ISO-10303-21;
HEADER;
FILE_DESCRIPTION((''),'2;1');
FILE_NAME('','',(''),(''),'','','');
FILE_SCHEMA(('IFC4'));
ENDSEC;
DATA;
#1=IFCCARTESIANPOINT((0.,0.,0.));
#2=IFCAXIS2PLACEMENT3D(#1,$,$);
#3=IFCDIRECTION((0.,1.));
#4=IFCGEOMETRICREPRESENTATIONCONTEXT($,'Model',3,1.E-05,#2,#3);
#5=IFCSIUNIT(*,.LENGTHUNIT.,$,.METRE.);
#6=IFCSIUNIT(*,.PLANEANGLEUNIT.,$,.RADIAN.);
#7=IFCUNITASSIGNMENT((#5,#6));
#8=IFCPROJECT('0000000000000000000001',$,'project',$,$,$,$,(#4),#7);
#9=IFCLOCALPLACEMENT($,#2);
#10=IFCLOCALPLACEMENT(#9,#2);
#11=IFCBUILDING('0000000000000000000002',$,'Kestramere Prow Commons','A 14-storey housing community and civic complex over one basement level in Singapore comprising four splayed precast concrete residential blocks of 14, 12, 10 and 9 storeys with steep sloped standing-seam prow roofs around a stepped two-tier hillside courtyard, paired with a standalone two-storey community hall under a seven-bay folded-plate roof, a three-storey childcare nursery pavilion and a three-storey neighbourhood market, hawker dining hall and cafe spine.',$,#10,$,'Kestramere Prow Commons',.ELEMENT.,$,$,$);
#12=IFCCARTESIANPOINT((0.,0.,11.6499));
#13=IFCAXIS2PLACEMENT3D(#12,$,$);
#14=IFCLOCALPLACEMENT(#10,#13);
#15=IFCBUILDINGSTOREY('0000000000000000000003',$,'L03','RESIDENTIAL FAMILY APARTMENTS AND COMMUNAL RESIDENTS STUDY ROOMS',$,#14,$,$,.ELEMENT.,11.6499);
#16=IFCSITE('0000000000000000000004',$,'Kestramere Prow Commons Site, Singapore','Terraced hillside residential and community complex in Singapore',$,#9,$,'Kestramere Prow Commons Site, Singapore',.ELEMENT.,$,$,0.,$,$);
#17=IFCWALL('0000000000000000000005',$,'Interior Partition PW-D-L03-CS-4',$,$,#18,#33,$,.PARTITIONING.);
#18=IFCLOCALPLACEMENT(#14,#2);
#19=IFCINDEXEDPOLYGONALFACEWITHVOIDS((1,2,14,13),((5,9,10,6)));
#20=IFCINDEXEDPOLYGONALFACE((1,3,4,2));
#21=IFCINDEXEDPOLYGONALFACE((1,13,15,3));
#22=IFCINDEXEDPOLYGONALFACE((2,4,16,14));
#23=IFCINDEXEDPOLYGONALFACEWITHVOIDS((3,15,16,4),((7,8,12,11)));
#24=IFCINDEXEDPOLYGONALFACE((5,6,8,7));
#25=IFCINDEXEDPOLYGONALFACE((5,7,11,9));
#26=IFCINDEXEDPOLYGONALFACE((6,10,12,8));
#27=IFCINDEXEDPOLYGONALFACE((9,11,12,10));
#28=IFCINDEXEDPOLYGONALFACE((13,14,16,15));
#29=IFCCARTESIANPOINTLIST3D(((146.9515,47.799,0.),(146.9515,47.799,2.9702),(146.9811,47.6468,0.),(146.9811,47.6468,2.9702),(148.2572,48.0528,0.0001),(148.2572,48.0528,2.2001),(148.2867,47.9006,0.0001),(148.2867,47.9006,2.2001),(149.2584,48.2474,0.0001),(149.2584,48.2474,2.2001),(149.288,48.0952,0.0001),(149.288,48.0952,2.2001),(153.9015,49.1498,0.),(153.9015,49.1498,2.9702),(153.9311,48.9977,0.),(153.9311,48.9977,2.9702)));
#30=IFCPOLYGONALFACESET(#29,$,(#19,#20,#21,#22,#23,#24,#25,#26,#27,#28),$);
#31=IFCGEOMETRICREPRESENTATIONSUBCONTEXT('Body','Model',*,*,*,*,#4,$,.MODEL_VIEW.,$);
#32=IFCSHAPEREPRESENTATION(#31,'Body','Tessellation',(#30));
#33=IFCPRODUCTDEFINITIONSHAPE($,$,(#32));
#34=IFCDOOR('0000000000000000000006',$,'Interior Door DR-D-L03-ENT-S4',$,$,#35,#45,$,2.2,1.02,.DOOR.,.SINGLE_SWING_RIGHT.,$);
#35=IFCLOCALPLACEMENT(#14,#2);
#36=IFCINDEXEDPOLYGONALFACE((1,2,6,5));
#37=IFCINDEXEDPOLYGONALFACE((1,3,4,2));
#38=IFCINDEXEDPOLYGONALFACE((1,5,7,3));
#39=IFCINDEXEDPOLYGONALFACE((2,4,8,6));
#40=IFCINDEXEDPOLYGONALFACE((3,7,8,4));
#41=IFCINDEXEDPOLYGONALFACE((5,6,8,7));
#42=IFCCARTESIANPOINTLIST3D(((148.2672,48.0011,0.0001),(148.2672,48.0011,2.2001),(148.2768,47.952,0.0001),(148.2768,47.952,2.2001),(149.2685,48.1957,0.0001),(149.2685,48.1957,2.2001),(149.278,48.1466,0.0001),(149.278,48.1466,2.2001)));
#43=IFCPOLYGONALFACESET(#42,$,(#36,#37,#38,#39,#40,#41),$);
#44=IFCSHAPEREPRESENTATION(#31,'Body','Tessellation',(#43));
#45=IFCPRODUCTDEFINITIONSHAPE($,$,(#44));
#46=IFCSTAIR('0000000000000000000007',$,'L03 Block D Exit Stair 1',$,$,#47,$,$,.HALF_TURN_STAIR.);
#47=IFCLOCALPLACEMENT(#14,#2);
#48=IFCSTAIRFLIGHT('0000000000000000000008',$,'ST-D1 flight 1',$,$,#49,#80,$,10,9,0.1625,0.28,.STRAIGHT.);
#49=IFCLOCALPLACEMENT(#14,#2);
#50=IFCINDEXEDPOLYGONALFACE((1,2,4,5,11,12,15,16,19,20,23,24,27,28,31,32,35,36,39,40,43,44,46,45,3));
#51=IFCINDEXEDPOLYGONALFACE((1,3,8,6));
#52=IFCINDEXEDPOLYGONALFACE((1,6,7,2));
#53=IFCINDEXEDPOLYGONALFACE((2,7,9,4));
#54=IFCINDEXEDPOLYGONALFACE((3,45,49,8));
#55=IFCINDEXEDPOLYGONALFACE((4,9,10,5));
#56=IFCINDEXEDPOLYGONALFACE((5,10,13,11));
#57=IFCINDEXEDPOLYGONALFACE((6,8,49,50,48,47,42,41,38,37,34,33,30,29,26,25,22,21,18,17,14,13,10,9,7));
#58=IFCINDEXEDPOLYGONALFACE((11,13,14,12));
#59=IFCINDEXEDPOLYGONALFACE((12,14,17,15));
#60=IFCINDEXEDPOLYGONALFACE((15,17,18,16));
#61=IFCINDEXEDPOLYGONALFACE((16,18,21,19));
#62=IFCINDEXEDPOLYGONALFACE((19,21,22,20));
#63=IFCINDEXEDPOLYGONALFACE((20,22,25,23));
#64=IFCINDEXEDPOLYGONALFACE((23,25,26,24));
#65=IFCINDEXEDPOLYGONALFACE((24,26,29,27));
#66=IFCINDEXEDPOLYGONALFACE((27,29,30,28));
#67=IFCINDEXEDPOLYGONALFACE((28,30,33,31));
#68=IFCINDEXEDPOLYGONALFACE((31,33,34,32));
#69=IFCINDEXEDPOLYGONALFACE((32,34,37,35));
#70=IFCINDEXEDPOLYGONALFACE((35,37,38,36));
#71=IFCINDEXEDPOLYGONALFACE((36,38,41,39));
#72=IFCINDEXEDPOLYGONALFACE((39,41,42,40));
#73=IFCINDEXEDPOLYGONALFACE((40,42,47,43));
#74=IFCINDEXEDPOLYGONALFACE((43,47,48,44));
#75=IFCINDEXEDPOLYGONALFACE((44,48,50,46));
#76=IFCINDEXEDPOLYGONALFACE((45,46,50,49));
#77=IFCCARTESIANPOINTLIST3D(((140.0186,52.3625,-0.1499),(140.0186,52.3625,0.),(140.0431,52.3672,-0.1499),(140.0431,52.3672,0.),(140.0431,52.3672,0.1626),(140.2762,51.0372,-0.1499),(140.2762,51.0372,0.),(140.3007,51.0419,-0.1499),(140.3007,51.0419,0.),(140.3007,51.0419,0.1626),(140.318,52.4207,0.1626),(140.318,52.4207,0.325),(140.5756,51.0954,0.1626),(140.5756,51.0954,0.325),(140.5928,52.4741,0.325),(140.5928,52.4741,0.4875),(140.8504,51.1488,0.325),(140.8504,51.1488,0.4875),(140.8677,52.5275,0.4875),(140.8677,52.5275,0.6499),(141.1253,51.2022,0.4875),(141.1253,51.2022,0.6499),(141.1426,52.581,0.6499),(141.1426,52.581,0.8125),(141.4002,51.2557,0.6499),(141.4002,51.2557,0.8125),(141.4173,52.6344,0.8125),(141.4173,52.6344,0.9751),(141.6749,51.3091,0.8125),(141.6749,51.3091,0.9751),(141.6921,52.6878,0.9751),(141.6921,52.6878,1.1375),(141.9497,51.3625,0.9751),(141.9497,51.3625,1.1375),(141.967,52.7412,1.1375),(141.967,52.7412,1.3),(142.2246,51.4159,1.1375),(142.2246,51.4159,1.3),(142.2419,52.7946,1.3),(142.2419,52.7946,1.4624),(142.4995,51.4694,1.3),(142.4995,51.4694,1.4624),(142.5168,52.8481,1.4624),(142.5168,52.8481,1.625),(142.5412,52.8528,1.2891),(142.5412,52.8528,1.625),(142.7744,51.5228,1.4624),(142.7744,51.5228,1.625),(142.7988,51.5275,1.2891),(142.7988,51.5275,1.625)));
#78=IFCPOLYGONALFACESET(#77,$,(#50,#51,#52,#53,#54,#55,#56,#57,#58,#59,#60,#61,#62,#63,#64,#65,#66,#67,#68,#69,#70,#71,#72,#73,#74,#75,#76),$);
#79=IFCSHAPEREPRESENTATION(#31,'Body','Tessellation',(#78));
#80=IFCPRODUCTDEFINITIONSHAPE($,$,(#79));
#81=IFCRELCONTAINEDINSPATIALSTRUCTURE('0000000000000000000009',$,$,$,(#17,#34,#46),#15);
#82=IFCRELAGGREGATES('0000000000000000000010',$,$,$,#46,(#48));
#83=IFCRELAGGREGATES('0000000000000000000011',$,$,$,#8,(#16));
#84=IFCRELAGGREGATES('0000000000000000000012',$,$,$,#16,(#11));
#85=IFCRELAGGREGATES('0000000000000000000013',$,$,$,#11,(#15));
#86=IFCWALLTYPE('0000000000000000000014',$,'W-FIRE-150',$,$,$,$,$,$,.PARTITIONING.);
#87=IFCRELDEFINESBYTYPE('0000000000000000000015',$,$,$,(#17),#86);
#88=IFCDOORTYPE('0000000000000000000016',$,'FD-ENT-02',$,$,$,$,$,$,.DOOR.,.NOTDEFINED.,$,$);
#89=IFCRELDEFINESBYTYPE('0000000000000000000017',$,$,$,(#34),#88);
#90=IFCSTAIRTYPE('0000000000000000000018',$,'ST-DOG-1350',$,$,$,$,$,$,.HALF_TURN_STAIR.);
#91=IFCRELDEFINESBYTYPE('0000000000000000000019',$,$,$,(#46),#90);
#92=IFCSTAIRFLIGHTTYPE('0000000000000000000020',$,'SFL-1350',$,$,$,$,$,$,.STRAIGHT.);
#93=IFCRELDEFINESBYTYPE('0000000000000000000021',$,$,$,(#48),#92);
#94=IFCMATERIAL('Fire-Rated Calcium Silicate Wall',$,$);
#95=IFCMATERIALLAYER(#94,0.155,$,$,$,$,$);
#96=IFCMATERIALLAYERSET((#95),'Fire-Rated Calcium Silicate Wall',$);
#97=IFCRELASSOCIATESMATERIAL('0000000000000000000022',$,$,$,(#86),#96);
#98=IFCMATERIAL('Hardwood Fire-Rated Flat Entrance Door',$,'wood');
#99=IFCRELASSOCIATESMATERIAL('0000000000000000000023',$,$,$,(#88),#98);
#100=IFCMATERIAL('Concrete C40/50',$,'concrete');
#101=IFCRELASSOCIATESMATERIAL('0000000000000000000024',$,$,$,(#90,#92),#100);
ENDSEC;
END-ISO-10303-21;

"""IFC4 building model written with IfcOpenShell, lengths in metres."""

from ifc_helpers import new_model, si_unit, direction, frame, frame_2d, origin, place, context, subcontext, project, spatial, polyline, rectangle, outline, extrude, material, layer, layer_set, type_object, element, fill, aggregate, save


model = new_model("IFC4")

# Units and contexts
model_context = context("Model", 3, precision=1e-05, world=origin(), true_north=direction((0.0, 1.0)))
body_context = subcontext(model_context, "Body", "Model", "MODEL_VIEW")
ifc_project = project(units=[si_unit("LENGTHUNIT", "METRE"), si_unit("PLANEANGLEUNIT", "RADIAN")], contexts=[model_context])

# Site, building, storey
site_placement = place(None, origin())
site = spatial("IfcSite", under=ifc_project, at=site_placement, Name="Kestramere Prow Commons Site, Singapore", Description="Terraced hillside residential and community complex in Singapore", LongName="Kestramere Prow Commons Site, Singapore", CompositionType="ELEMENT", RefElevation=0.0)
building_placement = place(site_placement, origin())
building = spatial("IfcBuilding", under=site, at=building_placement, Name="Kestramere Prow Commons", Description="A 14-storey housing community and civic complex over one basement level in Singapore comprising four splayed precast concrete residential blocks of 14, 12, 10 and 9 storeys with steep sloped standing-seam prow roofs around a stepped two-tier hillside courtyard, paired with a standalone two-storey community hall under a seven-bay folded-plate roof, a three-storey childcare nursery pavilion and a three-storey neighbourhood market, hawker dining hall and cafe spine.", LongName="Kestramere Prow Commons", CompositionType="ELEMENT")
storey_placement = place(building_placement, frame((0.0, 0.0, 11.6499)))
storey = spatial("IfcBuildingStorey", under=building, at=storey_placement, Name="L03", Description="RESIDENTIAL FAMILY APARTMENTS AND COMMUNAL RESIDENTS STUDY ROOMS", CompositionType="ELEMENT", Elevation=11.6499)

# Shared definitions
ifc_material_1 = material(Name="Concrete C40/50", Category="concrete")

# Shared definitions
ifc_material_2 = material(Name="Fire-Rated Calcium Silicate Wall")
ifc_layer_1 = layer(ifc_material_2, 0.155)
ifc_layer_set_1 = layer_set([ifc_layer_1], Name="Fire-Rated Calcium Silicate Wall")
wall_type_1 = type_object("IfcWallType", Name="W-FIRE-150", PredefinedType="PARTITIONING", material=ifc_layer_set_1)

# Wall, opening, door
ifc_material_3 = material(Name="Hardwood Fire-Rated Flat Entrance Door", Category="wood")
wall_1_placement = place(storey_placement, frame((146.9663, 47.7229, 0.0), z_axis=(0.0, 0.0, 1.0), x_axis=(0.98163, 0.190795, 0.0)))
wall_1 = element("IfcWall", 1, at=wall_1_placement, inside=storey, type_object=wall_type_1, Name="Interior Partition PW-D-L03-CS-4", PredefinedType="PARTITIONING", context=body_context, shape_type="SweptSolid", body=[
    extrude(rectangle(XDim=7.0801, YDim=0.155, at=frame_2d((3.54, 0.0))), origin(), (0.0, 0.0, 1.0), 2.9702),
])
opening_1_placement = place(wall_1_placement, frame((1.3301, 0.0, 0.0)))
opening_1 = element("IfcOpeningElement", 2, at=opening_1_placement, cuts=wall_1, PredefinedType="OPENING", context=body_context, shape_type="SweptSolid", body=[
    extrude(rectangle(XDim=1.02, YDim=2.2, at=frame_2d((0.51, 1.1001))), frame((0.0, 0.0925, 0.0), z_axis=(0.0, -1.0, 0.0), x_axis=(1.0, 0.0, 0.0)), (0.0, 0.0, 1.0), 0.1851),
])
door_type_1 = type_object("IfcDoorType", Name="FD-ENT-02", OperationType="NOTDEFINED", PredefinedType="DOOR", material=ifc_material_3)
door_1_placement = place(opening_1_placement, origin())
door_1 = element("IfcDoor", 3, at=door_1_placement, inside=storey, type_object=door_type_1, Name="Interior Door DR-D-L03-ENT-S4", OperationType="SINGLE_SWING_RIGHT", OverallHeight=2.2, OverallWidth=1.02, PredefinedType="DOOR", context=body_context, shape_type="SweptSolid", body=[
    extrude(rectangle(XDim=1.02, YDim=2.2, at=frame_2d((0.51, 1.1001))), frame((0.0, 0.0249, 0.0), z_axis=(0.0, -1.0, 0.0), x_axis=(1.0, 0.0, 0.0)), (0.0, 0.0, 1.0), 0.05),
])
fill(opening_1, door_1)

# Stair, stair flight
stair_type = type_object("IfcStairType", Name="ST-DOG-1350", PredefinedType="HALF_TURN_STAIR", material=ifc_material_1)
stair_placement = place(storey_placement, origin())
stair = element("IfcStair", 4, at=stair_placement, inside=storey, type_object=stair_type, Name="L03 Block D Exit Stair 1", PredefinedType="HALF_TURN_STAIR")
stair_flight_type = type_object("IfcStairFlightType", Name="SFL-1350", PredefinedType="STRAIGHT", material=ifc_material_1)
stair_flight_placement = place(storey_placement, frame((140.1719, 51.7046, 0.0), z_axis=(0.0, 0.0, 1.0), x_axis=(0.981627, 0.190809, 0.0)))
stair_flight = element("IfcStairFlight", 5, at=stair_flight_placement, type_object=stair_flight_type, Name="ST-D1 flight 1", NumberOfRisers=10, NumberOfTreads=9, PredefinedType="STRAIGHT", RiserHeight=0.1625, TreadLength=0.28, context=body_context, shape_type="SweptSolid", body=[
    extrude(outline(polyline([(-0.0249, 0.0), (0.0, 0.0), (0.0, 0.1626), (0.28, 0.1626), (0.28, 0.325), (0.5601, 0.325), (0.5601, 0.4875), (0.8401, 0.4875), (0.8401, 0.6499), (1.1201, 0.6499), (1.1201, 0.8125), (1.3999, 0.8125), (1.3999, 0.9751), (1.6799, 0.9751), (1.6799, 1.1375), (1.96, 1.1375), (1.96, 1.3), (2.24, 1.3), (2.24, 1.4624), (2.52, 1.4624), (2.52, 1.625), (2.5449, 1.625), (2.5449, 1.2891), (0.0, -0.1499), (-0.0249, -0.1499), (-0.0249, 0.0)])), frame((0.0, 0.675, 0.0), z_axis=(0.0, -1.0, 0.0), x_axis=(1.0, 0.0, 0.0)), (0.0, 0.0, 1.0), 1.3501),
])
aggregate(stair, [stair_flight])

save(model, "model.ifc")
